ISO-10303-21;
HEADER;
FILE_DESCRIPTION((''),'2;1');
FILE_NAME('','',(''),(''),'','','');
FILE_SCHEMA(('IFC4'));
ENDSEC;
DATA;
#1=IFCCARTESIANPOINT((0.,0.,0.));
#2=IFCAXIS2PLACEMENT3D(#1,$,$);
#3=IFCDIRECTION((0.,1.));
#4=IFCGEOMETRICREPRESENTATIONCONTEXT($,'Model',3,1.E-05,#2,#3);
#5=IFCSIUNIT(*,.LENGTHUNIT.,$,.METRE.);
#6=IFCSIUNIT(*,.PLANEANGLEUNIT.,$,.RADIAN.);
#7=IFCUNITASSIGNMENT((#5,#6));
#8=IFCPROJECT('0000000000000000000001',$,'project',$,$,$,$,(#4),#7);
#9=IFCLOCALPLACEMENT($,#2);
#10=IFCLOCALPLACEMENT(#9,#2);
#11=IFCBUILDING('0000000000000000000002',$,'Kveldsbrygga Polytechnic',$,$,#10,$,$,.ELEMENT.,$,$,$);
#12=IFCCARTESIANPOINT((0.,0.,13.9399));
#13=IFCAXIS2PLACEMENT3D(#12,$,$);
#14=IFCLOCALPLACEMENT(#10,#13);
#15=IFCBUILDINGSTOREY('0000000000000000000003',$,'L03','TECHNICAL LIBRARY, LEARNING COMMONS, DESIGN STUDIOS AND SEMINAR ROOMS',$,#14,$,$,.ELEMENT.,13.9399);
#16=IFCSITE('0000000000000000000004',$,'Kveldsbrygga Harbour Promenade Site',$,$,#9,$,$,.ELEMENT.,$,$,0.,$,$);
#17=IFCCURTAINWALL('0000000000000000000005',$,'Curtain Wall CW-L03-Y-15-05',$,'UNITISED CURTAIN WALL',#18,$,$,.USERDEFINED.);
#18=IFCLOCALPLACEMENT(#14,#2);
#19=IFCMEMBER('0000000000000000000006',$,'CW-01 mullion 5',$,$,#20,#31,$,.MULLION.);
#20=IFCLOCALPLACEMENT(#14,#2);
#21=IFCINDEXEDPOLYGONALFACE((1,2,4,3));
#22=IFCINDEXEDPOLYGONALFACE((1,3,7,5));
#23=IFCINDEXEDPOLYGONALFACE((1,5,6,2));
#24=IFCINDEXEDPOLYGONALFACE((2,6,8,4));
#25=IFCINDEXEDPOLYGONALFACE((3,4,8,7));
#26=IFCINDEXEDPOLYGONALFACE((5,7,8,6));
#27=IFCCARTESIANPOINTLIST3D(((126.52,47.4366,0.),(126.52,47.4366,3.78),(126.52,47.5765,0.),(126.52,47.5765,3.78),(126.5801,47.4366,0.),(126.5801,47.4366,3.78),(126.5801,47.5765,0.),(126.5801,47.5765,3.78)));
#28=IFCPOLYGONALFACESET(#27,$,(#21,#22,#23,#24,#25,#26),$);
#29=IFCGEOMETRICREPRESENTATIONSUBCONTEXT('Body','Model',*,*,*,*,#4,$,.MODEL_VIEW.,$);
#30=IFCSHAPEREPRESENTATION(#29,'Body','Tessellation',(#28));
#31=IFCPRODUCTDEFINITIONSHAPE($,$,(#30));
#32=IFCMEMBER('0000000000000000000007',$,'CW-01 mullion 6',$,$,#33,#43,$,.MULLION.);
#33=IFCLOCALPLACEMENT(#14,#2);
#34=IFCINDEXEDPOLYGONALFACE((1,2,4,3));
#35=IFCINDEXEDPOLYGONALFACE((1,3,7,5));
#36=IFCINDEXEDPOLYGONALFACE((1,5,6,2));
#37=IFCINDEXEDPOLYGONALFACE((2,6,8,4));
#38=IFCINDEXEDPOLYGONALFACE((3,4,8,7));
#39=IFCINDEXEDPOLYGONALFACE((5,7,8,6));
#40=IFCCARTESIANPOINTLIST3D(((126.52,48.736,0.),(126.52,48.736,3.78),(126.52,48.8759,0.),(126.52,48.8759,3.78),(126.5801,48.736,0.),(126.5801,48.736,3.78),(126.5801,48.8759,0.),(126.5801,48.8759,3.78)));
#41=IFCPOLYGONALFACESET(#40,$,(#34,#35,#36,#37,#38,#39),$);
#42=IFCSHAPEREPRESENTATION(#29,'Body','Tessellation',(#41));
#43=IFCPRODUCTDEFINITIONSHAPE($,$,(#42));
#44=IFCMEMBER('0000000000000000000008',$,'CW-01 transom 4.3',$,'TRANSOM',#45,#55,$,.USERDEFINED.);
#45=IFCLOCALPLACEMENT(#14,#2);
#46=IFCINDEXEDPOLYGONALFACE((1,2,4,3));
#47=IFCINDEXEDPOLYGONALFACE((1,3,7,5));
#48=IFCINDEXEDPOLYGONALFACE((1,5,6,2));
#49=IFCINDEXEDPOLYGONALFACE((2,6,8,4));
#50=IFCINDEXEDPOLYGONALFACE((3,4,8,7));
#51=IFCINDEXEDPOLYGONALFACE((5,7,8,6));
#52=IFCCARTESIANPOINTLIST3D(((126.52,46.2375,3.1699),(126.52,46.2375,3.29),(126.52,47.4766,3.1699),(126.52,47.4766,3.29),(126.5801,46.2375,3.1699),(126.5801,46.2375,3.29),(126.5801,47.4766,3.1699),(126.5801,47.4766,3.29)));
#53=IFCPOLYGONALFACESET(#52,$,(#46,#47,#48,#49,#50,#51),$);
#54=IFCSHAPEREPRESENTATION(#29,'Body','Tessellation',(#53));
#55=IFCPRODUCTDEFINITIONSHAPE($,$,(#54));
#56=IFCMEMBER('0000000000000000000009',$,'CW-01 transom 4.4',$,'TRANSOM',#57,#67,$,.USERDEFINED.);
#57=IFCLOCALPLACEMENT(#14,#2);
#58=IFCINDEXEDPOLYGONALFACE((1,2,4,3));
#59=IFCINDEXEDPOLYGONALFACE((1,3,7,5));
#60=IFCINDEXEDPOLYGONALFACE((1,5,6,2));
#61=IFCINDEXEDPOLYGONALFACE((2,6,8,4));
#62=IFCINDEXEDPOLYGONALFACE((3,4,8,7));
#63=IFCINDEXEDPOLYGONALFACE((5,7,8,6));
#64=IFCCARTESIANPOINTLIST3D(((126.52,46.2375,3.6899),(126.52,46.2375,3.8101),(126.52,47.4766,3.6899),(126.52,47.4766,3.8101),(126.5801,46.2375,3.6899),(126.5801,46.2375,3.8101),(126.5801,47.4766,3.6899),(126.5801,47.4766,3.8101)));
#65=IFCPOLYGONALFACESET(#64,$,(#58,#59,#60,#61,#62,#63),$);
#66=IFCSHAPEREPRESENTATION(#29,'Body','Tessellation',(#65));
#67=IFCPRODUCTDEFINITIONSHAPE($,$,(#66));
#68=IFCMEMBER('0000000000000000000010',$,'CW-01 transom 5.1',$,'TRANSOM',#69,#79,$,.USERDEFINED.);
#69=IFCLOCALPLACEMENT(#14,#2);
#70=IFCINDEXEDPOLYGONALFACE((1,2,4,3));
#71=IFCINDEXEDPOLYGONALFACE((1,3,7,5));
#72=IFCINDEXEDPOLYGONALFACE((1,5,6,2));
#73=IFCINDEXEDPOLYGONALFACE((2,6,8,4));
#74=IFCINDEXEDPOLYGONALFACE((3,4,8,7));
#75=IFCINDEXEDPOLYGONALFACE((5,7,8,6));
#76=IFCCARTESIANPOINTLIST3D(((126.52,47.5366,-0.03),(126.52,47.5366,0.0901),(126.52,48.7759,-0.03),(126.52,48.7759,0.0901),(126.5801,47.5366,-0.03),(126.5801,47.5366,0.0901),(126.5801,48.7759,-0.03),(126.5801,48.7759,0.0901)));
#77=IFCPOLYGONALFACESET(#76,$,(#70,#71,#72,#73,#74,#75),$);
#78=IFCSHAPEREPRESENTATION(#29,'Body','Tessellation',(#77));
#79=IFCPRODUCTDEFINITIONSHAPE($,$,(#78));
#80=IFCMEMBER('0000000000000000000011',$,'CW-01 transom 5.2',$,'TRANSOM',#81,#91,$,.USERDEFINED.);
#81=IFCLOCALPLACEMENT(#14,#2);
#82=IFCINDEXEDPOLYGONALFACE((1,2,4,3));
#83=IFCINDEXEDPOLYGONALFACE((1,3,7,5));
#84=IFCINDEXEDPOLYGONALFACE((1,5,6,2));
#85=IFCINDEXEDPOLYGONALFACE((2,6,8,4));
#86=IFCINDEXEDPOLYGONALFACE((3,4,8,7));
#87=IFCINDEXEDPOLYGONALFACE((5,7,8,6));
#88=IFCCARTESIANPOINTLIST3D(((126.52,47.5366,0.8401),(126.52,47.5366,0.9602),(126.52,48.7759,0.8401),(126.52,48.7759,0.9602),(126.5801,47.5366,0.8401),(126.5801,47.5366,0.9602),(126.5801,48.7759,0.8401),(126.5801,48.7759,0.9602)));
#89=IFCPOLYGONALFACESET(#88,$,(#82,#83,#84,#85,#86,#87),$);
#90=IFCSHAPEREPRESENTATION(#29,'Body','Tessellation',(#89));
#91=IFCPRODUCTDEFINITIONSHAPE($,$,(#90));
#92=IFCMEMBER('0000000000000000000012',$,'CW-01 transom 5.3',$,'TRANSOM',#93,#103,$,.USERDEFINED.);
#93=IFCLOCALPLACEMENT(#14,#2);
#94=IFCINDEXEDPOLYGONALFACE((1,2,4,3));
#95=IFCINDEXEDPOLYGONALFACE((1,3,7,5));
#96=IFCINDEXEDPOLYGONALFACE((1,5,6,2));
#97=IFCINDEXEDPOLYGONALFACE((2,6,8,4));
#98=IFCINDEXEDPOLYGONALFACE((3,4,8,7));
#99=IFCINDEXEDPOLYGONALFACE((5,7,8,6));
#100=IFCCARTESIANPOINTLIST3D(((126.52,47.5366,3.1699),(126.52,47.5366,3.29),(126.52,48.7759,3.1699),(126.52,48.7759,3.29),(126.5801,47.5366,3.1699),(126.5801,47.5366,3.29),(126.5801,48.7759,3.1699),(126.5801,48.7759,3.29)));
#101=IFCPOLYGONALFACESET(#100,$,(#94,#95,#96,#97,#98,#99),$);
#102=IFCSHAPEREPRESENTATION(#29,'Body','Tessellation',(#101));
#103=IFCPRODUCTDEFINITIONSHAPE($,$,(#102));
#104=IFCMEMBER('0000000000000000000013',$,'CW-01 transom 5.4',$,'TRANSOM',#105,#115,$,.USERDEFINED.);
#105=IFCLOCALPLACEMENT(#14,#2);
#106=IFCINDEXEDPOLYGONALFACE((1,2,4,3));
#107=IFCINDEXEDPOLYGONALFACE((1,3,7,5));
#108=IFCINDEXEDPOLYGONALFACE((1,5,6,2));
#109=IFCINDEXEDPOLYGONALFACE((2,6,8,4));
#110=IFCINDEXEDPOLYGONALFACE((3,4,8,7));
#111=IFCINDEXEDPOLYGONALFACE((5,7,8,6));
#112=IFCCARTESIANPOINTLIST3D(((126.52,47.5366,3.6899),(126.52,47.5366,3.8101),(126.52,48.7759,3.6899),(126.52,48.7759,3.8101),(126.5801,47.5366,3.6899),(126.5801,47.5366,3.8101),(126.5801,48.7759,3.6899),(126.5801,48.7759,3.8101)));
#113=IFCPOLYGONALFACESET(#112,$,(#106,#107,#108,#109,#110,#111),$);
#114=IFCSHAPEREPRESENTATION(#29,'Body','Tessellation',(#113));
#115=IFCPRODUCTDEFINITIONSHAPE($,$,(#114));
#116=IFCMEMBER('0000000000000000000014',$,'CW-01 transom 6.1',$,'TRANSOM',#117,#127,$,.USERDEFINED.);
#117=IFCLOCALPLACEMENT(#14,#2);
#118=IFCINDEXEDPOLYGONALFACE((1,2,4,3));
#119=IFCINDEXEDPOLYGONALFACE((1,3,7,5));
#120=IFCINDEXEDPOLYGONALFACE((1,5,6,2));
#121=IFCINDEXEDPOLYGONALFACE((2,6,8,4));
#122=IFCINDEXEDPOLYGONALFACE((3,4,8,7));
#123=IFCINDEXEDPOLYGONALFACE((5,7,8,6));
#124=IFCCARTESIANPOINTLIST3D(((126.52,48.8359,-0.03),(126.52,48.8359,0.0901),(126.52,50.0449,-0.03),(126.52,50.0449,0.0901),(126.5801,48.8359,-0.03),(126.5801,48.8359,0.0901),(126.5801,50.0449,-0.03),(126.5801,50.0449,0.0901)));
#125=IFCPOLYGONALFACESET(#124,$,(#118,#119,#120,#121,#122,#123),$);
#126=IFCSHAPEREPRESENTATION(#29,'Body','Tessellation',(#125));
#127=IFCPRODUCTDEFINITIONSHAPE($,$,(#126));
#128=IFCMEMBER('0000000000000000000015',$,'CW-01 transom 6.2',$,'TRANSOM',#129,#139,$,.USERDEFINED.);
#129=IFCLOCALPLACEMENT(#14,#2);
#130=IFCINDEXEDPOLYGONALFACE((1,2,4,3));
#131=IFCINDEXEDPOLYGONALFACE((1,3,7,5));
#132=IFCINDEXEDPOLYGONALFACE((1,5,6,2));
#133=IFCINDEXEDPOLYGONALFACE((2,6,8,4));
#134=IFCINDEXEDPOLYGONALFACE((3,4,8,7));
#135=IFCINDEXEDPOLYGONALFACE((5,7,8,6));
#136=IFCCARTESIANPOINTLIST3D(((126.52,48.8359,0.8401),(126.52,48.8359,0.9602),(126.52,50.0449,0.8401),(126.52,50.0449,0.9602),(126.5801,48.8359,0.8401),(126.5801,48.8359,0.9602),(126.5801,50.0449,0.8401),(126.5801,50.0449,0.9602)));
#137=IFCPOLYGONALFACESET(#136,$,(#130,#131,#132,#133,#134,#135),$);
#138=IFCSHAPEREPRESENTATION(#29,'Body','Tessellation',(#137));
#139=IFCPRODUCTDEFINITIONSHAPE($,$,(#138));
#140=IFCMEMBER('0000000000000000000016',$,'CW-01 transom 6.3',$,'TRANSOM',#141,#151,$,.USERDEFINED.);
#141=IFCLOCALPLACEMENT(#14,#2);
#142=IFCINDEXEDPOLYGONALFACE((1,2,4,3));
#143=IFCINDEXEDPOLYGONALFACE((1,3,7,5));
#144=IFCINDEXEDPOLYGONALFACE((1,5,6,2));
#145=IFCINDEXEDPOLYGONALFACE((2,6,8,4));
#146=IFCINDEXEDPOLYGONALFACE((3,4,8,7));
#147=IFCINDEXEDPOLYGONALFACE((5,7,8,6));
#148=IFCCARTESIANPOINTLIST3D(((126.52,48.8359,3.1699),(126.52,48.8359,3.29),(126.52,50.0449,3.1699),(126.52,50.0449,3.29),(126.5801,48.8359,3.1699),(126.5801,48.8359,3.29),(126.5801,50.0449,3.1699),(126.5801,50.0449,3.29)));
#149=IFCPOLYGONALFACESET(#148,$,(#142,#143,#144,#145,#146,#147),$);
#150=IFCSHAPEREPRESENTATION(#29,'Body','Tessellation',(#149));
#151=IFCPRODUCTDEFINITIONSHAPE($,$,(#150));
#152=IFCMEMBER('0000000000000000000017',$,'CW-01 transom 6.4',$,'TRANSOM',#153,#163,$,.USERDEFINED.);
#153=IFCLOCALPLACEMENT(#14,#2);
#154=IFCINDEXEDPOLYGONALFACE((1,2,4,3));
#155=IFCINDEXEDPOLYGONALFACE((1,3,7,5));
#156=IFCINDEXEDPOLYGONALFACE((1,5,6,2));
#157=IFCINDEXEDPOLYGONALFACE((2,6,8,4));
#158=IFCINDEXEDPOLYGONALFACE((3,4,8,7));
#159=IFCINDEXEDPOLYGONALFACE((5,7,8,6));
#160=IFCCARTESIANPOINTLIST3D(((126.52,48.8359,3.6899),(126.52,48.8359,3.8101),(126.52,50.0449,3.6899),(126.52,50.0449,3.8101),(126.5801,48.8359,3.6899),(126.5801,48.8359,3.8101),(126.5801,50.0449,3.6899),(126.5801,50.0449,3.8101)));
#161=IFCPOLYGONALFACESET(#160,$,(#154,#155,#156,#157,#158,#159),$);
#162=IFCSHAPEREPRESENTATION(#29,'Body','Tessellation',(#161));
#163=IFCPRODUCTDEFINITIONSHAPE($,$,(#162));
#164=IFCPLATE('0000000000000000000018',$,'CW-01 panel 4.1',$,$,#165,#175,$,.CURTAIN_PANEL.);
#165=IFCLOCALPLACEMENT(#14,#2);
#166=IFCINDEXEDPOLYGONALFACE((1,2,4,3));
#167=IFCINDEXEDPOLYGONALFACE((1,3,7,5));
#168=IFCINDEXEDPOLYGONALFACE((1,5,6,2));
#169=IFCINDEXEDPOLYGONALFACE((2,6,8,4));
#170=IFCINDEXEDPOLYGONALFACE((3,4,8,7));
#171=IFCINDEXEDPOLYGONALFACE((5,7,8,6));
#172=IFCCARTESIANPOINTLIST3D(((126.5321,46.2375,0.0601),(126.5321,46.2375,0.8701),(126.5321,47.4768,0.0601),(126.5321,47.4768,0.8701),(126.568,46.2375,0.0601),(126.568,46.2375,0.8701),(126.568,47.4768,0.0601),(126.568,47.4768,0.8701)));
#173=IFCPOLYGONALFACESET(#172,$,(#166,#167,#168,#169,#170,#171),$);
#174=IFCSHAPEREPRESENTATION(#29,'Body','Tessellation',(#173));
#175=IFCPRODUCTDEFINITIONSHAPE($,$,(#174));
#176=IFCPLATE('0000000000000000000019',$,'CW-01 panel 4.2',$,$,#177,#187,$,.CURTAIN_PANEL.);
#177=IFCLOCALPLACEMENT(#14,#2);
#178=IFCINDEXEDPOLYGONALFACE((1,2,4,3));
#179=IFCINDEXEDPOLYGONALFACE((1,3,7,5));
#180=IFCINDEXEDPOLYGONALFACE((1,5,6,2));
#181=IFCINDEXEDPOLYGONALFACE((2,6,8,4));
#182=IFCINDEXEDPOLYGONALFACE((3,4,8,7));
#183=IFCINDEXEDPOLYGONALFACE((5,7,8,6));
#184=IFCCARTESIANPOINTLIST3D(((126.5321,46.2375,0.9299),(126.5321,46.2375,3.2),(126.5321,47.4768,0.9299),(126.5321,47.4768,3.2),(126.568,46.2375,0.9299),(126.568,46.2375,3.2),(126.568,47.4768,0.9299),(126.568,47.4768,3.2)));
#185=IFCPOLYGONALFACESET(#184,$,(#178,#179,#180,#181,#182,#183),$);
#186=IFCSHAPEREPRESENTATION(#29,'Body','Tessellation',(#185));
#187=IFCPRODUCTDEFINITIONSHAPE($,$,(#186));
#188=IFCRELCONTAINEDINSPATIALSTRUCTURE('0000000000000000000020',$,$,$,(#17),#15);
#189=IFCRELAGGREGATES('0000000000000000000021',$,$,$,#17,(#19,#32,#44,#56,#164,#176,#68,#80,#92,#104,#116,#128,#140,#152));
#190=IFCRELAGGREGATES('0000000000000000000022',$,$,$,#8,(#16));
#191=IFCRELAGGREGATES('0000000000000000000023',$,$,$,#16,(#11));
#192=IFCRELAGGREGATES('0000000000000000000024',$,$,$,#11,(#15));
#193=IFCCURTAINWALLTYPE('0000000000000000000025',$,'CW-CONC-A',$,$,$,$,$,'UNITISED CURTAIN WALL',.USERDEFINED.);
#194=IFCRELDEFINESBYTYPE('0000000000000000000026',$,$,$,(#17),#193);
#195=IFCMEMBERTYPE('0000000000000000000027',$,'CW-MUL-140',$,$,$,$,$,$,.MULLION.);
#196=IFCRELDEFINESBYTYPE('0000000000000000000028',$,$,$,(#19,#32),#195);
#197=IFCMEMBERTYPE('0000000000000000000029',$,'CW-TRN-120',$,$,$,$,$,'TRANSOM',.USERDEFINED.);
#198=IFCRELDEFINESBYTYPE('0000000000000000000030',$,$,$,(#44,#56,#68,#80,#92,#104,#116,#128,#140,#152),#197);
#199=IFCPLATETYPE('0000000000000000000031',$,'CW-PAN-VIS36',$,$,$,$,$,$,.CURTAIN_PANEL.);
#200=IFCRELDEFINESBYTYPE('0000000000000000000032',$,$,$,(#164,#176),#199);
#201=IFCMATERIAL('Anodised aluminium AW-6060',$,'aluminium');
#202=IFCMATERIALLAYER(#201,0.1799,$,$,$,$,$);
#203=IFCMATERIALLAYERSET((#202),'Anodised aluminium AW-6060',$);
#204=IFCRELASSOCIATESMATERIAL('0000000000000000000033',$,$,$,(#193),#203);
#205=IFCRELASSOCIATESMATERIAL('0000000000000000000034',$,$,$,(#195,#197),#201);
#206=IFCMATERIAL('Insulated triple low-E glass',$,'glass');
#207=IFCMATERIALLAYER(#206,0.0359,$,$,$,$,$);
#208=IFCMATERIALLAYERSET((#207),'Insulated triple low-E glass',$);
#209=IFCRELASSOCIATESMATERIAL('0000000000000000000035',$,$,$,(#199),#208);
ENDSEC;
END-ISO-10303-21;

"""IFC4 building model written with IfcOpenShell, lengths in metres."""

from ifc_helpers import new_model, si_unit, direction, frame, origin, origin_2d, place, context, subcontext, project, spatial, rectangle, extrude, material, layer, layer_set, material_profile, profile_set, type_object, element, aggregate, save


model = new_model("IFC4")

# Units and contexts
model_context = context("Model", 3, precision=1e-05, world=origin(), true_north=direction((0.0, 1.0)))
body_context = subcontext(model_context, "Body", "Model", "MODEL_VIEW")
ifc_project = project(units=[si_unit("LENGTHUNIT", "METRE"), si_unit("PLANEANGLEUNIT", "RADIAN")], contexts=[model_context])

# Site, building, storey
site_placement = place(None, origin())
site = spatial("IfcSite", under=ifc_project, at=site_placement, Name="Kveldsbrygga Harbour Promenade Site", CompositionType="ELEMENT", RefElevation=0.0)
building_placement = place(site_placement, origin())
building = spatial("IfcBuilding", under=site, at=building_placement, Name="Kveldsbrygga Polytechnic", CompositionType="ELEMENT")
storey_placement = place(building_placement, frame((0.0, 0.0, 13.9399)))
storey = spatial("IfcBuildingStorey", under=building, at=storey_placement, Name="L03", Description="TECHNICAL LIBRARY, LEARNING COMMONS, DESIGN STUDIOS AND SEMINAR ROOMS", CompositionType="ELEMENT", Elevation=13.9399)

# Curtain wall, members, plates
ifc_material_1 = material(Name="Anodised aluminium AW-6060", Category="aluminium")
ifc_layer_1 = layer(ifc_material_1, 0.1799)
ifc_layer_set_1 = layer_set([ifc_layer_1], Name="Anodised aluminium AW-6060")
curtain_wall_type = type_object("IfcCurtainWallType", Name="CW-CONC-A", ElementType="UNITISED CURTAIN WALL", PredefinedType="USERDEFINED", material=ifc_layer_set_1)
curtain_wall_placement = place(storey_placement, origin())
curtain_wall = element("IfcCurtainWall", 1, at=curtain_wall_placement, inside=storey, type_object=curtain_wall_type, Name="Curtain Wall CW-L03-Y-15-05", ObjectType="UNITISED CURTAIN WALL", PredefinedType="USERDEFINED")
ifc_material_profile_1 = material_profile(ifc_material_1, rectangle(XDim=0.0601, YDim=0.1399, at=origin_2d()), Name="ALU 60x140")
ifc_profile_set_1 = profile_set([ifc_material_profile_1], Name="Anodised aluminium AW-6060")
member_type_1 = type_object("IfcMemberType", Name="CW-MUL-140", PredefinedType="MULLION", material=ifc_profile_set_1)
member_1_placement = place(storey_placement, frame((126.55, 47.5066, 0.0), z_axis=(0.0, 0.0, 1.0), x_axis=(-1.0, 0.0, 0.0)))
member_1 = element("IfcMember", 2, at=member_1_placement, type_object=member_type_1, Name="CW-01 mullion 5", PredefinedType="MULLION", context=body_context, shape_type="SweptSolid", body=[
    extrude(rectangle(XDim=0.0601, YDim=0.1399, at=origin_2d()), origin(), (0.0, 0.0, 1.0), 3.78),
])
member_2_placement = place(storey_placement, frame((126.55, 48.8059, 0.0), z_axis=(0.0, 0.0, 1.0), x_axis=(-1.0, 0.0, 0.0)))
member_2 = element("IfcMember", 3, at=member_2_placement, type_object=member_type_1, Name="CW-01 mullion 6", PredefinedType="MULLION", context=body_context, shape_type="SweptSolid", body=[
    extrude(rectangle(XDim=0.0601, YDim=0.1399, at=origin_2d()), origin(), (0.0, 0.0, 1.0), 3.78),
])
ifc_material_profile_2 = material_profile(ifc_material_1, rectangle(XDim=0.0601, YDim=0.1201, at=origin_2d()), Name="ALU 60x120")
ifc_profile_set_2 = profile_set([ifc_material_profile_2], Name="Anodised aluminium AW-6060")
member_type_2 = type_object("IfcMemberType", Name="CW-TRN-120", ElementType="TRANSOM", PredefinedType="USERDEFINED", material=ifc_profile_set_2)
member_3_placement = place(storey_placement, frame((126.55, 46.2375, 3.23), z_axis=(0.0, 1.0, 0.0), x_axis=(-1.0, 0.0, 0.0)))
member_3 = element("IfcMember", 4, at=member_3_placement, type_object=member_type_2, Name="CW-01 transom 4.3", ObjectType="TRANSOM", PredefinedType="USERDEFINED", context=body_context, shape_type="SweptSolid", body=[
    extrude(rectangle(XDim=0.0601, YDim=0.1201, at=origin_2d()), origin(), (0.0, 0.0, 1.0), 1.239),
])
member_4_placement = place(storey_placement, frame((126.55, 46.2375, 3.75), z_axis=(0.0, 1.0, 0.0), x_axis=(-1.0, 0.0, 0.0)))
member_4 = element("IfcMember", 5, at=member_4_placement, type_object=member_type_2, Name="CW-01 transom 4.4", ObjectType="TRANSOM", PredefinedType="USERDEFINED", context=body_context, shape_type="SweptSolid", body=[
    extrude(rectangle(XDim=0.0601, YDim=0.1201, at=origin_2d()), origin(), (0.0, 0.0, 1.0), 1.239),
])
member_5_placement = place(storey_placement, frame((126.55, 47.5366, 0.03), z_axis=(0.0, 1.0, 0.0), x_axis=(-1.0, 0.0, 0.0)))
member_5 = element("IfcMember", 6, at=member_5_placement, type_object=member_type_2, Name="CW-01 transom 5.1", ObjectType="TRANSOM", PredefinedType="USERDEFINED", context=body_context, shape_type="SweptSolid", body=[
    extrude(rectangle(XDim=0.0601, YDim=0.1201, at=origin_2d()), origin(), (0.0, 0.0, 1.0), 1.2393),
])
member_6_placement = place(storey_placement, frame((126.55, 47.5366, 0.9001), z_axis=(0.0, 1.0, 0.0), x_axis=(-1.0, 0.0, 0.0)))
member_6 = element("IfcMember", 7, at=member_6_placement, type_object=member_type_2, Name="CW-01 transom 5.2", ObjectType="TRANSOM", PredefinedType="USERDEFINED", context=body_context, shape_type="SweptSolid", body=[
    extrude(rectangle(XDim=0.0601, YDim=0.1201, at=origin_2d()), origin(), (0.0, 0.0, 1.0), 1.2393),
])
member_7_placement = place(storey_placement, frame((126.55, 47.5366, 3.23), z_axis=(0.0, 1.0, 0.0), x_axis=(-1.0, 0.0, 0.0)))
member_7 = element("IfcMember", 8, at=member_7_placement, type_object=member_type_2, Name="CW-01 transom 5.3", ObjectType="TRANSOM", PredefinedType="USERDEFINED", context=body_context, shape_type="SweptSolid", body=[
    extrude(rectangle(XDim=0.0601, YDim=0.1201, at=origin_2d()), origin(), (0.0, 0.0, 1.0), 1.2393),
])
member_8_placement = place(storey_placement, frame((126.55, 47.5366, 3.75), z_axis=(0.0, 1.0, 0.0), x_axis=(-1.0, 0.0, 0.0)))
member_8 = element("IfcMember", 9, at=member_8_placement, type_object=member_type_2, Name="CW-01 transom 5.4", ObjectType="TRANSOM", PredefinedType="USERDEFINED", context=body_context, shape_type="SweptSolid", body=[
    extrude(rectangle(XDim=0.0601, YDim=0.1201, at=origin_2d()), origin(), (0.0, 0.0, 1.0), 1.2393),
])
member_9_placement = place(storey_placement, frame((126.55, 48.8359, 0.03), z_axis=(0.0, 1.0, 0.0), x_axis=(-1.0, 0.0, 0.0)))
member_9 = element("IfcMember", 10, at=member_9_placement, type_object=member_type_2, Name="CW-01 transom 6.1", ObjectType="TRANSOM", PredefinedType="USERDEFINED", context=body_context, shape_type="SweptSolid", body=[
    extrude(rectangle(XDim=0.0601, YDim=0.1201, at=origin_2d()), origin(), (0.0, 0.0, 1.0), 1.209),
])
member_10_placement = place(storey_placement, frame((126.55, 48.8359, 0.9001), z_axis=(0.0, 1.0, 0.0), x_axis=(-1.0, 0.0, 0.0)))
member_10 = element("IfcMember", 11, at=member_10_placement, type_object=member_type_2, Name="CW-01 transom 6.2", ObjectType="TRANSOM", PredefinedType="USERDEFINED", context=body_context, shape_type="SweptSolid", body=[
    extrude(rectangle(XDim=0.0601, YDim=0.1201, at=origin_2d()), origin(), (0.0, 0.0, 1.0), 1.209),
])
member_11_placement = place(storey_placement, frame((126.55, 48.8359, 3.23), z_axis=(0.0, 1.0, 0.0), x_axis=(-1.0, 0.0, 0.0)))
member_11 = element("IfcMember", 12, at=member_11_placement, type_object=member_type_2, Name="CW-01 transom 6.3", ObjectType="TRANSOM", PredefinedType="USERDEFINED", context=body_context, shape_type="SweptSolid", body=[
    extrude(rectangle(XDim=0.0601, YDim=0.1201, at=origin_2d()), origin(), (0.0, 0.0, 1.0), 1.209),
])
member_12_placement = place(storey_placement, frame((126.55, 48.8359, 3.75), z_axis=(0.0, 1.0, 0.0), x_axis=(-1.0, 0.0, 0.0)))
member_12 = element("IfcMember", 13, at=member_12_placement, type_object=member_type_2, Name="CW-01 transom 6.4", ObjectType="TRANSOM", PredefinedType="USERDEFINED", context=body_context, shape_type="SweptSolid", body=[
    extrude(rectangle(XDim=0.0601, YDim=0.1201, at=origin_2d()), origin(), (0.0, 0.0, 1.0), 1.209),
])
ifc_material_2 = material(Name="Insulated triple low-E glass", Category="glass")
ifc_layer_2 = layer(ifc_material_2, 0.0359)
ifc_layer_set_2 = layer_set([ifc_layer_2], Name="Insulated triple low-E glass")
plate_type = type_object("IfcPlateType", Name="CW-PAN-VIS36", PredefinedType="CURTAIN_PANEL", material=ifc_layer_set_2)
plate_1_placement = place(storey_placement, frame((126.55, 46.8572, 0.0601), z_axis=(0.0, 0.0, 1.0), x_axis=(0.0, 1.0, 0.0)))
plate_1 = element("IfcPlate", 14, at=plate_1_placement, type_object=plate_type, Name="CW-01 panel 4.1", PredefinedType="CURTAIN_PANEL", context=body_context, shape_type="SweptSolid", body=[
    extrude(rectangle(XDim=1.2393, YDim=0.0359, at=origin_2d()), origin(), (0.0, 0.0, 1.0), 0.8101),
])
plate_2_placement = place(storey_placement, frame((126.55, 46.8572, 0.9299), z_axis=(0.0, 0.0, 1.0), x_axis=(0.0, 1.0, 0.0)))
plate_2 = element("IfcPlate", 15, at=plate_2_placement, type_object=plate_type, Name="CW-01 panel 4.2", PredefinedType="CURTAIN_PANEL", context=body_context, shape_type="SweptSolid", body=[
    extrude(rectangle(XDim=1.2393, YDim=0.0359, at=origin_2d()), origin(), (0.0, 0.0, 1.0), 2.27),
])
aggregate(curtain_wall, [member_1, member_2, member_3, member_4, plate_1, plate_2, member_5, member_6, member_7, member_8, member_9, member_10, member_11, member_12])

save(model, "model.ifc")
